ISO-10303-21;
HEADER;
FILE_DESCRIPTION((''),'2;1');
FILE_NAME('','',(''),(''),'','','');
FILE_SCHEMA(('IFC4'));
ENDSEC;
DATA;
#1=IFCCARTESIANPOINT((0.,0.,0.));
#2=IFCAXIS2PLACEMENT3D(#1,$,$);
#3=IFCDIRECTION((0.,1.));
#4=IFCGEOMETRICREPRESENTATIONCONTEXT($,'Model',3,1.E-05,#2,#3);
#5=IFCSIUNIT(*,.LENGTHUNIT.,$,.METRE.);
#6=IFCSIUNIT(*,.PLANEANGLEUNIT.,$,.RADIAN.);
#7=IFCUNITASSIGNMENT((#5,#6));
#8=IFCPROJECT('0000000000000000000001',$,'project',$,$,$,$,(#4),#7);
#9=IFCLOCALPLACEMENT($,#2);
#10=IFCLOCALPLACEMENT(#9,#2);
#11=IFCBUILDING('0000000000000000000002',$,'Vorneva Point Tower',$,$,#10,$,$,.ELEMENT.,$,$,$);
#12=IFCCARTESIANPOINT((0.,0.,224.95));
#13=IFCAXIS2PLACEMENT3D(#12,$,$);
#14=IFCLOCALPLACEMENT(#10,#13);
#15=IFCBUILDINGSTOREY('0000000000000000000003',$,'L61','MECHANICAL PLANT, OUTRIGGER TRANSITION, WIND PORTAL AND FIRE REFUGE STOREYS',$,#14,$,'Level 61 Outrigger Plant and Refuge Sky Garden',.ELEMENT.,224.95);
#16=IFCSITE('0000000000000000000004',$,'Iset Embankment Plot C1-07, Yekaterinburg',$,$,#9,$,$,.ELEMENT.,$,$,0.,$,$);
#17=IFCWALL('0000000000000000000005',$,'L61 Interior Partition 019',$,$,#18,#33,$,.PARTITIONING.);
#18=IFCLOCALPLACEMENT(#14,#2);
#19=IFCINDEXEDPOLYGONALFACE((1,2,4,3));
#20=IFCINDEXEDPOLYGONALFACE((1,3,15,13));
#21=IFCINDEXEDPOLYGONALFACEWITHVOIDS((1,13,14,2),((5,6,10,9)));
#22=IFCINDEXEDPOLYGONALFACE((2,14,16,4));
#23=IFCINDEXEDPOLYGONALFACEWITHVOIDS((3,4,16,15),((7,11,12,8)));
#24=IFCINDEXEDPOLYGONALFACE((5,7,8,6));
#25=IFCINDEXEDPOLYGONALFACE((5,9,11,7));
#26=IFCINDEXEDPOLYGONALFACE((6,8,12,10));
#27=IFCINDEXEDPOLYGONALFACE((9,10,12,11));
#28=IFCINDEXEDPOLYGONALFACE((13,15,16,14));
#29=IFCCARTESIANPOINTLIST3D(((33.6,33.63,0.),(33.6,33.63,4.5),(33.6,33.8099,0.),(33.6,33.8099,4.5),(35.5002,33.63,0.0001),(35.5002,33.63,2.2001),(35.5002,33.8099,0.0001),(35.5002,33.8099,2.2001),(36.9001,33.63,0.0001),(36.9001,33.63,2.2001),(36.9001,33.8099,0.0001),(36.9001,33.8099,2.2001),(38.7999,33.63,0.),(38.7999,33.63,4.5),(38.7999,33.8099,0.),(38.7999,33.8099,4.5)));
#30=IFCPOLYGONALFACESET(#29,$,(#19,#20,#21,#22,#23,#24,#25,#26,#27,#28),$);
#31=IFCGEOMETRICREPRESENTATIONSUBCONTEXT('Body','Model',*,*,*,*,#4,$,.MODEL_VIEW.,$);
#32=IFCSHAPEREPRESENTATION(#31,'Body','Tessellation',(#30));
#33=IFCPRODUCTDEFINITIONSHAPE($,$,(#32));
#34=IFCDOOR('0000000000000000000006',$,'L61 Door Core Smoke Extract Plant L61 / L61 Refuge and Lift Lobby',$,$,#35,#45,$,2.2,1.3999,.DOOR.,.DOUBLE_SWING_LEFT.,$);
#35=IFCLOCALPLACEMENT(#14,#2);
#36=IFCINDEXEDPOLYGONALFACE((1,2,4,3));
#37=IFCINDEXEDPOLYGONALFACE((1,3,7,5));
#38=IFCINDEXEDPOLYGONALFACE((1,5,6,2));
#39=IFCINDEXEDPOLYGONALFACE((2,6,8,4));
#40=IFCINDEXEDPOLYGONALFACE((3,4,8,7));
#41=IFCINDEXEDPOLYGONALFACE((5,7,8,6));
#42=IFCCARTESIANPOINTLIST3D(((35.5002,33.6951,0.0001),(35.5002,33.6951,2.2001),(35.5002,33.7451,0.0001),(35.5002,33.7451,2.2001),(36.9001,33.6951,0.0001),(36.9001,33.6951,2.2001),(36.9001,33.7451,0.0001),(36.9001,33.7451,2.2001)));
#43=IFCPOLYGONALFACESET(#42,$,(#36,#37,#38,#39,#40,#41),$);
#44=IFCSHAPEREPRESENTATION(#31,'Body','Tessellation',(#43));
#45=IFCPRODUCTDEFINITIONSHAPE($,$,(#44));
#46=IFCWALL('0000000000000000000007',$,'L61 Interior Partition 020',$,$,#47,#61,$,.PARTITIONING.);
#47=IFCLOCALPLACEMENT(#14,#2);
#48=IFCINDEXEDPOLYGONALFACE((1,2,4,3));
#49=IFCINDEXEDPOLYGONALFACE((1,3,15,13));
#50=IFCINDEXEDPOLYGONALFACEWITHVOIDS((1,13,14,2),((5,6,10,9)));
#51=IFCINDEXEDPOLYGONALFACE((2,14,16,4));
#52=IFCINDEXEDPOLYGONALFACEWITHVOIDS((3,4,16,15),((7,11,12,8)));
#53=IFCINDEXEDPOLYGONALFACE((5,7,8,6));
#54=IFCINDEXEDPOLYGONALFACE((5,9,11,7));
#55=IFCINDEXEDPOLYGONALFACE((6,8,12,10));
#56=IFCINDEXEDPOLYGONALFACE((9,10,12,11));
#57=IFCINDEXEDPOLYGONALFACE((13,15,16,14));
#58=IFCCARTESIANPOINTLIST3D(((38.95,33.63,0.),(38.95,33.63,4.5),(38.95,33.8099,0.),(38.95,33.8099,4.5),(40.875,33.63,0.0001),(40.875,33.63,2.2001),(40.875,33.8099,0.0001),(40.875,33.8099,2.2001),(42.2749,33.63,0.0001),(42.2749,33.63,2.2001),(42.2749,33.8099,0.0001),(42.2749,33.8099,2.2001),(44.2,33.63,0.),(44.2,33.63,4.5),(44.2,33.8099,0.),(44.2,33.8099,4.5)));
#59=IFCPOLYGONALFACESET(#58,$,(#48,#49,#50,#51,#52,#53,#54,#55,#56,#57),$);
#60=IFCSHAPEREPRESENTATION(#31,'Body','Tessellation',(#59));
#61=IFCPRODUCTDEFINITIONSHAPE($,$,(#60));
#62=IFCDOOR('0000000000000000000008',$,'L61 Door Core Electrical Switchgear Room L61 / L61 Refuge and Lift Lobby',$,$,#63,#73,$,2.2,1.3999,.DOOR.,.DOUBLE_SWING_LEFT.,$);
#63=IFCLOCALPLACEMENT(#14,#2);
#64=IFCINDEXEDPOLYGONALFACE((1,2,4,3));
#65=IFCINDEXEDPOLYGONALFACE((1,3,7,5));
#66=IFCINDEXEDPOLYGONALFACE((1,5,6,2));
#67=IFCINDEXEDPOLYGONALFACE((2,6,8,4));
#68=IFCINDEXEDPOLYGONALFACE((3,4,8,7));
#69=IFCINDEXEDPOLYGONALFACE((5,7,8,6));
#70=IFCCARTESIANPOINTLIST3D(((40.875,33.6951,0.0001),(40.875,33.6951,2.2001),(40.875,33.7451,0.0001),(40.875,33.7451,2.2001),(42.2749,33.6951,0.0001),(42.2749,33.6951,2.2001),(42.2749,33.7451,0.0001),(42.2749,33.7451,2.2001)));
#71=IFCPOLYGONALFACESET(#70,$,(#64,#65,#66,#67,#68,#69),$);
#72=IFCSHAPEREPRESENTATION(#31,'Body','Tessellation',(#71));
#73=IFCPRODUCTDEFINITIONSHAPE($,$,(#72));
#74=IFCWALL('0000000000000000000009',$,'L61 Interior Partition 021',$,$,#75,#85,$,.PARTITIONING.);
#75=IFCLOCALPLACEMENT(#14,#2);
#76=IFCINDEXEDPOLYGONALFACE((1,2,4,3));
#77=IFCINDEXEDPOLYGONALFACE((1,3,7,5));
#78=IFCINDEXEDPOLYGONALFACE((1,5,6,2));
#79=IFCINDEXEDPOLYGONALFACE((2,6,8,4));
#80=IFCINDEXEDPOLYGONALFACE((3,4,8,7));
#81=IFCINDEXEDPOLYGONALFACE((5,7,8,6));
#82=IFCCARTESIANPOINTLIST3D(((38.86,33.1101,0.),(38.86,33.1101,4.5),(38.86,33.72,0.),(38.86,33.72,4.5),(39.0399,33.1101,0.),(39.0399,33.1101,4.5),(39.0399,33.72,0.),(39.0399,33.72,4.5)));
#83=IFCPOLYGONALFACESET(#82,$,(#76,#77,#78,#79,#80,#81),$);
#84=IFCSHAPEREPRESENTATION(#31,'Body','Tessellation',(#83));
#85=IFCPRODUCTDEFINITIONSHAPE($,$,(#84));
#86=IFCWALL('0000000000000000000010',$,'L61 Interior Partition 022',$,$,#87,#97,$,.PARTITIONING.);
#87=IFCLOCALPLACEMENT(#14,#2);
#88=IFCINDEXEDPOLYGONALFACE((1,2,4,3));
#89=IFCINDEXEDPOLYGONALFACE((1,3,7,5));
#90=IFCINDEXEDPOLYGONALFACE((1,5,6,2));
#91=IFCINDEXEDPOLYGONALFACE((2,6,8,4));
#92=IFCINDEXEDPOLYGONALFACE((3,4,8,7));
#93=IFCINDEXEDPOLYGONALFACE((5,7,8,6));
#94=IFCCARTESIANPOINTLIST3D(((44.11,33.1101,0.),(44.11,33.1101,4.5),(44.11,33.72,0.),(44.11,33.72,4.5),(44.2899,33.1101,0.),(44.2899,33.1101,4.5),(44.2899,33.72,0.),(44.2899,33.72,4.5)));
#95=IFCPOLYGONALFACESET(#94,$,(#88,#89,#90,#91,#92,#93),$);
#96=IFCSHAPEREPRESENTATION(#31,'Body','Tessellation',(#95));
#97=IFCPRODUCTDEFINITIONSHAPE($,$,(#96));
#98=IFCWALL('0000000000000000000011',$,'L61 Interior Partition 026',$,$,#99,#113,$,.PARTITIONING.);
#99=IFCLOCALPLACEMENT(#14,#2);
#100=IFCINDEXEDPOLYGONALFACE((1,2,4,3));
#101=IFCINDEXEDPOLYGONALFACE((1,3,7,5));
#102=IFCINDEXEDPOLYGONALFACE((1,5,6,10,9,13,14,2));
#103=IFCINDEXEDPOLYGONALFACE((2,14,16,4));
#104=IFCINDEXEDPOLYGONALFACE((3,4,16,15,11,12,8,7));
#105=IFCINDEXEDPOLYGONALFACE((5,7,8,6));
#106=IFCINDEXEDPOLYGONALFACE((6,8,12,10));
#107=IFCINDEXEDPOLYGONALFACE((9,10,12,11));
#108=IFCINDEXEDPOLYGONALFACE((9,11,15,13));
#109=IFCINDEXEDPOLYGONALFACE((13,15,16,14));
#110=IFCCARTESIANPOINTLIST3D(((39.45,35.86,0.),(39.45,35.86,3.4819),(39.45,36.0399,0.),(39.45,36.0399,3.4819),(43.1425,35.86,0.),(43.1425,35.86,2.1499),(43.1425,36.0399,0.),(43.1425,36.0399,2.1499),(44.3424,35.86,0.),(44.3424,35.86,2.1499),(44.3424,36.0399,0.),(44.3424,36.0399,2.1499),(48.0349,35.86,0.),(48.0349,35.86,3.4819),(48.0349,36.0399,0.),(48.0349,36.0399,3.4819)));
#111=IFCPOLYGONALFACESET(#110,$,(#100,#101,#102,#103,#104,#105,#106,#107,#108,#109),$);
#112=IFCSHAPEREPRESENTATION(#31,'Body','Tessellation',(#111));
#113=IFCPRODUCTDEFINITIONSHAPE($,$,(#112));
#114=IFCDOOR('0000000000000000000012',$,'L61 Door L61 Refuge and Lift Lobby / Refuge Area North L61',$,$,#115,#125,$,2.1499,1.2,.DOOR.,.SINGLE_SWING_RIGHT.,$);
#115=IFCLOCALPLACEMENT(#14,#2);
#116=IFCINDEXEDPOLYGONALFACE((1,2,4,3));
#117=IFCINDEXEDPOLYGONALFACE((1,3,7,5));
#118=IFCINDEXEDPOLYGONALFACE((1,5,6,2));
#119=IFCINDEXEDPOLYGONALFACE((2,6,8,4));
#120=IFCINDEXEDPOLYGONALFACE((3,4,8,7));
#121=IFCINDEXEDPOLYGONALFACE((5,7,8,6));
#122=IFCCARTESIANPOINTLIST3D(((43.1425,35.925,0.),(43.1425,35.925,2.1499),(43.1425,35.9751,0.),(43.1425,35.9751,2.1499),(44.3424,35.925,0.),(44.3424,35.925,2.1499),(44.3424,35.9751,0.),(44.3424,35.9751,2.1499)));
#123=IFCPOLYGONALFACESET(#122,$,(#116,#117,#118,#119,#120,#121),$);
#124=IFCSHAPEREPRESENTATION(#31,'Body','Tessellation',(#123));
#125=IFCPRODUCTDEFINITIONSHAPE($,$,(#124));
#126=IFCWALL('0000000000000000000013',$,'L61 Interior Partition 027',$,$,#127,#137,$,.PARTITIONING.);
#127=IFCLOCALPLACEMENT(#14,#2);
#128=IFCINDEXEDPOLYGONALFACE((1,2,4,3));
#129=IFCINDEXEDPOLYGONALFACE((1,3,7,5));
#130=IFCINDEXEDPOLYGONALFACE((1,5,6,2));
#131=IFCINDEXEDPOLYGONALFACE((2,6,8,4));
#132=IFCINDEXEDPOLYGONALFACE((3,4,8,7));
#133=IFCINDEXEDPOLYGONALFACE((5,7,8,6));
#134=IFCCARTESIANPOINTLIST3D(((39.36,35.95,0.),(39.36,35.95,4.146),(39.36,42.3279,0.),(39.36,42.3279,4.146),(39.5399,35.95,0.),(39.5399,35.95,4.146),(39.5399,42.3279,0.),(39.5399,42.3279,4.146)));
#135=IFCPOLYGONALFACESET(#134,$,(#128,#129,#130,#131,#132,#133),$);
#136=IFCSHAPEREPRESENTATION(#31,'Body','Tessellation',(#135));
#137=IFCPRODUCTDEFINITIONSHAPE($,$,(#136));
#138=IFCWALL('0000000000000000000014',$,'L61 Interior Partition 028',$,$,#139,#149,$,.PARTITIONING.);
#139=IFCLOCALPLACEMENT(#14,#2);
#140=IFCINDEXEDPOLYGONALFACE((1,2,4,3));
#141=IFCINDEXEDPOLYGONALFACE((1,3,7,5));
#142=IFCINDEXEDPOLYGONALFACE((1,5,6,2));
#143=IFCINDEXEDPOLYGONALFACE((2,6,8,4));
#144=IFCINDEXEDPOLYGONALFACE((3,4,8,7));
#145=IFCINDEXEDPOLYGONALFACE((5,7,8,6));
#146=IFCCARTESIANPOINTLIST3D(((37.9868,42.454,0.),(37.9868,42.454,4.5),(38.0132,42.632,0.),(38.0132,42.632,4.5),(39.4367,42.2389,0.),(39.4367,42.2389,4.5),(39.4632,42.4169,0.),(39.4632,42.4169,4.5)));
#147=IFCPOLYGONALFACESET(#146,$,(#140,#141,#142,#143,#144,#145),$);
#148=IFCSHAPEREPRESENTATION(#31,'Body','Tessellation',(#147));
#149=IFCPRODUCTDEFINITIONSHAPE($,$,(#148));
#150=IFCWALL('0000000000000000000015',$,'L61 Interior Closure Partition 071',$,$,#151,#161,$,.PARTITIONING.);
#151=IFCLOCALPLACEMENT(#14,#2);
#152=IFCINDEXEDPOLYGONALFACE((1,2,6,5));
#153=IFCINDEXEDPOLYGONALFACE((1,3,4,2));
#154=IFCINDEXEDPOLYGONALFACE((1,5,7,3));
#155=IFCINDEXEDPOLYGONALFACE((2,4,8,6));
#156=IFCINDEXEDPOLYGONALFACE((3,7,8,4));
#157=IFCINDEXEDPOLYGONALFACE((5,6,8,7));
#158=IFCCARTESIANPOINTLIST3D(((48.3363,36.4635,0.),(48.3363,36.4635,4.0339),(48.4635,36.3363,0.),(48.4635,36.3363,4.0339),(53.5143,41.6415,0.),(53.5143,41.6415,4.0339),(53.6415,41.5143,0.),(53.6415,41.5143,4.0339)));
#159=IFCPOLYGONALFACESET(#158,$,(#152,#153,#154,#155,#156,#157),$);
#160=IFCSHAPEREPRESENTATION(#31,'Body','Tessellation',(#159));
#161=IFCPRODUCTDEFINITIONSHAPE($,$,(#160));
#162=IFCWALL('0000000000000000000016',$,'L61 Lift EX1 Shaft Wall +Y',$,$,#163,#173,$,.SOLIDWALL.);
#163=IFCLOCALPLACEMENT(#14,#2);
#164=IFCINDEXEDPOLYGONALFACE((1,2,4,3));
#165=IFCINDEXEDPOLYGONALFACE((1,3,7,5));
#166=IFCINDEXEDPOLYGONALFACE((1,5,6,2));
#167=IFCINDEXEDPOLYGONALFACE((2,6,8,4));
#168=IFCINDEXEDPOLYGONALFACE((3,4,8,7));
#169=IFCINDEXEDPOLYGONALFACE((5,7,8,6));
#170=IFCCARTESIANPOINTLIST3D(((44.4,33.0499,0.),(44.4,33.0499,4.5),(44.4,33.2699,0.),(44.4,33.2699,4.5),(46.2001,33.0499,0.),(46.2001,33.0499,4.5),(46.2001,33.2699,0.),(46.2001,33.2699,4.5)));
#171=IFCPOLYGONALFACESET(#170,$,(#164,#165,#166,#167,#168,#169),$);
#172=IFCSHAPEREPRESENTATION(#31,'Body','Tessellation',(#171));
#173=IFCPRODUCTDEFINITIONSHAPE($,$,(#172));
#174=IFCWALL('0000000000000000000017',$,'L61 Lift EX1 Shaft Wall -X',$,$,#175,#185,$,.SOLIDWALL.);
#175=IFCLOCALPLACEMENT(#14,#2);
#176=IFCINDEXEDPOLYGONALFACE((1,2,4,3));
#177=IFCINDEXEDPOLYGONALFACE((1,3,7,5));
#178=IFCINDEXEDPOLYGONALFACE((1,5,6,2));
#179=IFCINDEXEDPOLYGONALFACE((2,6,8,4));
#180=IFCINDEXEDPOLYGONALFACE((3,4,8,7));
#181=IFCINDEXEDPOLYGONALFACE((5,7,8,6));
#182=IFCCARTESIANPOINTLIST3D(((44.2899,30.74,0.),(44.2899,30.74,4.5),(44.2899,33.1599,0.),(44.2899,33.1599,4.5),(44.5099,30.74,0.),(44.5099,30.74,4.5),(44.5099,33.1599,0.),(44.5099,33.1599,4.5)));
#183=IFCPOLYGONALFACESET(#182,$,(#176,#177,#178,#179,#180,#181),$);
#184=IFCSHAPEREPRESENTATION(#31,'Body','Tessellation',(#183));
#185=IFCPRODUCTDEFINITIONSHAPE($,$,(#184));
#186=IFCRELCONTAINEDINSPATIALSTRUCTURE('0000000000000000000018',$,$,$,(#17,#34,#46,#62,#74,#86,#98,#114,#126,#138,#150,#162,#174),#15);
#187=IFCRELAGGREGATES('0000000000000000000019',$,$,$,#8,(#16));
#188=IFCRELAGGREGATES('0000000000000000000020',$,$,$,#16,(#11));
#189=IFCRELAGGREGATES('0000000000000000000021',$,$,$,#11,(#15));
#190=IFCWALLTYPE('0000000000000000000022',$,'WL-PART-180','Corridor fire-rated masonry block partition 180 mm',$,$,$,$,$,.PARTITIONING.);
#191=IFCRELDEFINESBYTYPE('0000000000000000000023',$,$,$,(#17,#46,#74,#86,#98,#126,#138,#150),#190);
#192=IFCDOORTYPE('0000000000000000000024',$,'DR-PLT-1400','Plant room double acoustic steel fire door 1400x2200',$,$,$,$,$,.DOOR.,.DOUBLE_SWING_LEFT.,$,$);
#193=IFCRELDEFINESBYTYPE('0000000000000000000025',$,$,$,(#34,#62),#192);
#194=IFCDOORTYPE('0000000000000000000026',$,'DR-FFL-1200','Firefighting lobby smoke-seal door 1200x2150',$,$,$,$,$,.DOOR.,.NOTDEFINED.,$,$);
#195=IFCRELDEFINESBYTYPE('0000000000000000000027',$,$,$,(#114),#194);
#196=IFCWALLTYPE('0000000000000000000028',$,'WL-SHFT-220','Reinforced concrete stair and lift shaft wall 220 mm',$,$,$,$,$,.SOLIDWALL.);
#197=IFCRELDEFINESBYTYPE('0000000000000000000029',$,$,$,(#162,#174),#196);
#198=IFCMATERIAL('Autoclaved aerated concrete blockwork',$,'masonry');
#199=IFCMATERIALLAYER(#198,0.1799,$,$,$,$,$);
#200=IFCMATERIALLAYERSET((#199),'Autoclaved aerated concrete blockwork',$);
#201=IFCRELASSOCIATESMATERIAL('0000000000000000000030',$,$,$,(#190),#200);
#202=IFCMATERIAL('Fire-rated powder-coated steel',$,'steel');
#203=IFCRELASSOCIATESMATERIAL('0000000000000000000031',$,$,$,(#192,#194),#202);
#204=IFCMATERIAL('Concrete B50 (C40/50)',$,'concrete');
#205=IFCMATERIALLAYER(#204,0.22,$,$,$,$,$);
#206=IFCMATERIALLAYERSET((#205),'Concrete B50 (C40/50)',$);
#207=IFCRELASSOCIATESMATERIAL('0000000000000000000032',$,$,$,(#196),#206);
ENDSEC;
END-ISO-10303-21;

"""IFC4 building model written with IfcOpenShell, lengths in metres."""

from ifc_helpers import new_model, si_unit, direction, frame, frame_2d, origin, place, context, subcontext, project, spatial, rectangle, extrude, material, layer, layer_set, type_object, element, fill, save


model = new_model("IFC4")

# Units and contexts
model_context = context("Model", 3, precision=1e-05, world=origin(), true_north=direction((0.0, 1.0)))
body_context = subcontext(model_context, "Body", "Model", "MODEL_VIEW")
ifc_project = project(units=[si_unit("LENGTHUNIT", "METRE"), si_unit("PLANEANGLEUNIT", "RADIAN")], contexts=[model_context])

# Site, building, storey
site_placement = place(None, origin())
site = spatial("IfcSite", under=ifc_project, at=site_placement, Name="Iset Embankment Plot C1-07, Yekaterinburg", CompositionType="ELEMENT", RefElevation=0.0)
building_placement = place(site_placement, origin())
building = spatial("IfcBuilding", under=site, at=building_placement, Name="Vorneva Point Tower", CompositionType="ELEMENT")
storey_placement = place(building_placement, frame((0.0, 0.0, 224.95)))
storey = spatial("IfcBuildingStorey", under=building, at=storey_placement, Name="L61", Description="MECHANICAL PLANT, OUTRIGGER TRANSITION, WIND PORTAL AND FIRE REFUGE STOREYS", LongName="Level 61 Outrigger Plant and Refuge Sky Garden", CompositionType="ELEMENT", Elevation=224.95)

# Shared definitions
ifc_material_1 = material(Name="Concrete B50 (C40/50)", Category="concrete")

# Walls, openings, doors
ifc_material_2 = material(Name="Autoclaved aerated concrete blockwork", Category="masonry")
ifc_layer_1 = layer(ifc_material_2, 0.1799)
ifc_layer_set_1 = layer_set([ifc_layer_1], Name="Autoclaved aerated concrete blockwork")
wall_type_1 = type_object("IfcWallType", Name="WL-PART-180", Description="Corridor fire-rated masonry block partition 180 mm", PredefinedType="PARTITIONING", material=ifc_layer_set_1)
wall_1_placement = place(storey_placement, frame((38.8, 33.72, 0.0), z_axis=(0.0, 0.0, 1.0), x_axis=(-1.0, 0.0, 0.0)))
wall_1 = element("IfcWall", 1, at=wall_1_placement, inside=storey, type_object=wall_type_1, Name="L61 Interior Partition 019", PredefinedType="PARTITIONING", context=body_context, shape_type="SweptSolid", body=[
    extrude(rectangle(XDim=5.2, YDim=0.1799, at=frame_2d((2.6001, 0.0))), origin(), (0.0, 0.0, 1.0), 4.5),
])
opening_1_placement = place(wall_1_placement, frame((1.8999, 0.0, 0.0)))
opening_1 = element("IfcOpeningElement", 2, at=opening_1_placement, cuts=wall_1, PredefinedType="OPENING", context=body_context, shape_type="SweptSolid", body=[
    extrude(rectangle(XDim=1.3999, YDim=2.2, at=frame_2d((0.7, 1.1001))), frame((0.0, 0.105, 0.0), z_axis=(0.0, -1.0, 0.0), x_axis=(1.0, 0.0, 0.0)), (0.0, 0.0, 1.0), 0.2097),
])
ifc_material_3 = material(Name="Fire-rated powder-coated steel", Category="steel")
door_type_1 = type_object("IfcDoorType", Name="DR-PLT-1400", Description="Plant room double acoustic steel fire door 1400x2200", OperationType="DOUBLE_SWING_LEFT", PredefinedType="DOOR", material=ifc_material_3)
door_1_placement = place(opening_1_placement, origin())
door_1 = element("IfcDoor", 3, at=door_1_placement, inside=storey, type_object=door_type_1, Name="L61 Door Core Smoke Extract Plant L61 / L61 Refuge and Lift Lobby", OperationType="DOUBLE_SWING_LEFT", OverallHeight=2.2, OverallWidth=1.3999, PredefinedType="DOOR", context=body_context, shape_type="SweptSolid", body=[
    extrude(rectangle(XDim=1.3999, YDim=2.2, at=frame_2d((0.7, 1.1001))), frame((0.0, 0.0249, 0.0), z_axis=(0.0, -1.0, 0.0), x_axis=(1.0, 0.0, 0.0)), (0.0, 0.0, 1.0), 0.05),
])
fill(opening_1, door_1)
wall_2_placement = place(storey_placement, frame((44.2, 33.72, 0.0), z_axis=(0.0, 0.0, 1.0), x_axis=(-1.0, 0.0, 0.0)))
wall_2 = element("IfcWall", 4, at=wall_2_placement, inside=storey, type_object=wall_type_1, Name="L61 Interior Partition 020", PredefinedType="PARTITIONING", context=body_context, shape_type="SweptSolid", body=[
    extrude(rectangle(XDim=5.25, YDim=0.1799, at=frame_2d((2.625, 0.0))), origin(), (0.0, 0.0, 1.0), 4.5),
])
opening_2_placement = place(wall_2_placement, frame((1.925, 0.0, 0.0)))
opening_2 = element("IfcOpeningElement", 5, at=opening_2_placement, cuts=wall_2, PredefinedType="OPENING", context=body_context, shape_type="SweptSolid", body=[
    extrude(rectangle(XDim=1.3999, YDim=2.2, at=frame_2d((0.7, 1.1001))), frame((0.0, 0.105, 0.0), z_axis=(0.0, -1.0, 0.0), x_axis=(1.0, 0.0, 0.0)), (0.0, 0.0, 1.0), 0.2097),
])
door_2_placement = place(opening_2_placement, origin())
door_2 = element("IfcDoor", 6, at=door_2_placement, inside=storey, type_object=door_type_1, Name="L61 Door Core Electrical Switchgear Room L61 / L61 Refuge and Lift Lobby", OperationType="DOUBLE_SWING_LEFT", OverallHeight=2.2, OverallWidth=1.3999, PredefinedType="DOOR", context=body_context, shape_type="SweptSolid", body=[
    extrude(rectangle(XDim=1.3999, YDim=2.2, at=frame_2d((0.7, 1.1001))), frame((0.0, 0.0249, 0.0), z_axis=(0.0, -1.0, 0.0), x_axis=(1.0, 0.0, 0.0)), (0.0, 0.0, 1.0), 0.05),
])
fill(opening_2, door_2)

# Walls
for number, where, z_axis, x_axis, name in (
    (7, (38.95, 33.72, 0.0), (0.0, 0.0, 1.0), (0.0, -1.0, 0.0), "L61 Interior Partition 021"),
    (8, (44.2, 33.1101, 0.0), (0.0, 0.0, 1.0), (0.0, 1.0, 0.0), "L61 Interior Partition 022"),
):
    element("IfcWall", number, at=place(storey_placement, frame(where, z_axis=z_axis, x_axis=x_axis)), inside=storey, type_object=wall_type_1, Name=name, PredefinedType="PARTITIONING", context=body_context, shape_type="SweptSolid", body=[
        extrude(rectangle(XDim=0.6099, YDim=0.1799, at=frame_2d((0.3049, 0.0))), origin(), (0.0, 0.0, 1.0), 4.5),
    ])

# Wall, opening, door
wall_3_placement = place(storey_placement, frame((48.0349, 35.95, 0.0), z_axis=(0.0, 0.0, 1.0), x_axis=(-1.0, 0.0, 0.0)))
wall_3 = element("IfcWall", 9, at=wall_3_placement, inside=storey, type_object=wall_type_1, Name="L61 Interior Partition 026", PredefinedType="PARTITIONING", context=body_context, shape_type="SweptSolid", body=[
    extrude(rectangle(XDim=8.585, YDim=0.1799, at=frame_2d((4.2925, 0.0))), origin(), (0.0, 0.0, 1.0), 3.4819),
])
opening_3_placement = place(wall_3_placement, frame((3.6924, 0.0, 0.0)))
opening_3 = element("IfcOpeningElement", 10, at=opening_3_placement, cuts=wall_3, PredefinedType="OPENING", context=body_context, shape_type="SweptSolid", body=[
    extrude(rectangle(XDim=1.2, YDim=2.1499, at=frame_2d((0.6001, 1.075))), frame((0.0, 0.105, 0.0), z_axis=(0.0, -1.0, 0.0), x_axis=(1.0, 0.0, 0.0)), (0.0, 0.0, 1.0), 0.2097),
])
door_type_2 = type_object("IfcDoorType", Name="DR-FFL-1200", Description="Firefighting lobby smoke-seal door 1200x2150", OperationType="NOTDEFINED", PredefinedType="DOOR", material=ifc_material_3)
door_3_placement = place(opening_3_placement, origin())
door_3 = element("IfcDoor", 11, at=door_3_placement, inside=storey, type_object=door_type_2, Name="L61 Door L61 Refuge and Lift Lobby / Refuge Area North L61", OperationType="SINGLE_SWING_RIGHT", OverallHeight=2.1499, OverallWidth=1.2, PredefinedType="DOOR", context=body_context, shape_type="SweptSolid", body=[
    extrude(rectangle(XDim=1.2, YDim=2.1499, at=frame_2d((0.6001, 1.075))), frame((0.0, 0.0249, 0.0), z_axis=(0.0, -1.0, 0.0), x_axis=(1.0, 0.0, 0.0)), (0.0, 0.0, 1.0), 0.05),
])
fill(opening_3, door_3)

# Walls
wall_4_placement = place(storey_placement, frame((39.45, 35.95, 0.0), z_axis=(0.0, 0.0, 1.0), x_axis=(0.0, 1.0, 0.0)))
element("IfcWall", 12, at=wall_4_placement, inside=storey, type_object=wall_type_1, Name="L61 Interior Partition 027", PredefinedType="PARTITIONING", context=body_context, shape_type="SweptSolid", body=[
    extrude(rectangle(XDim=6.3779, YDim=0.1799, at=frame_2d((3.189, 0.0))), origin(), (0.0, 0.0, 1.0), 4.146),
])
wall_5_placement = place(storey_placement, frame((39.45, 42.3279, 0.0), z_axis=(0.0, 0.0, 1.0), x_axis=(-0.989176, 0.146736, 0.0)))
element("IfcWall", 13, at=wall_5_placement, inside=storey, type_object=wall_type_1, Name="L61 Interior Partition 028", PredefinedType="PARTITIONING", context=body_context, shape_type="SweptSolid", body=[
    extrude(rectangle(XDim=1.4658, YDim=0.1799, at=frame_2d((0.7329, 0.0))), origin(), (0.0, 0.0, 1.0), 4.5),
])
wall_6_placement = place(storey_placement, frame((48.3999, 36.3999, 0.0), z_axis=(0.0, 0.0, 1.0), x_axis=(0.707107, 0.707107, 0.0)))
element("IfcWall", 14, at=wall_6_placement, inside=storey, type_object=wall_type_1, Name="L61 Interior Closure Partition 071", PredefinedType="PARTITIONING", context=body_context, shape_type="SweptSolid", body=[
    extrude(rectangle(XDim=7.3228, YDim=0.1799, at=frame_2d((3.6614, 0.0))), origin(), (0.0, 0.0, 1.0), 4.0339),
])
ifc_layer_2 = layer(ifc_material_1, 0.22)
ifc_layer_set_2 = layer_set([ifc_layer_2], Name="Concrete B50 (C40/50)")
wall_type_2 = type_object("IfcWallType", Name="WL-SHFT-220", Description="Reinforced concrete stair and lift shaft wall 220 mm", PredefinedType="SOLIDWALL", material=ifc_layer_set_2)
wall_7_placement = place(storey_placement, frame((46.2, 33.1599, 0.0), z_axis=(0.0, 0.0, 1.0), x_axis=(-1.0, 0.0, 0.0)))
element("IfcWall", 15, at=wall_7_placement, inside=storey, type_object=wall_type_2, Name="L61 Lift EX1 Shaft Wall +Y", PredefinedType="SOLIDWALL", context=body_context, shape_type="SweptSolid", body=[
    extrude(rectangle(XDim=1.8, YDim=0.22, at=frame_2d((0.8999, 0.0))), origin(), (0.0, 0.0, 1.0), 4.5),
])
wall_8_placement = place(storey_placement, frame((44.3999, 33.1599, 0.0), z_axis=(0.0, 0.0, 1.0), x_axis=(0.0, -1.0, 0.0)))
element("IfcWall", 16, at=wall_8_placement, inside=storey, type_object=wall_type_2, Name="L61 Lift EX1 Shaft Wall -X", PredefinedType="SOLIDWALL", context=body_context, shape_type="SweptSolid", body=[
    extrude(rectangle(XDim=2.4199, YDim=0.22, at=frame_2d((1.21, 0.0))), origin(), (0.0, 0.0, 1.0), 4.5),
])

save(model, "model.ifc")
